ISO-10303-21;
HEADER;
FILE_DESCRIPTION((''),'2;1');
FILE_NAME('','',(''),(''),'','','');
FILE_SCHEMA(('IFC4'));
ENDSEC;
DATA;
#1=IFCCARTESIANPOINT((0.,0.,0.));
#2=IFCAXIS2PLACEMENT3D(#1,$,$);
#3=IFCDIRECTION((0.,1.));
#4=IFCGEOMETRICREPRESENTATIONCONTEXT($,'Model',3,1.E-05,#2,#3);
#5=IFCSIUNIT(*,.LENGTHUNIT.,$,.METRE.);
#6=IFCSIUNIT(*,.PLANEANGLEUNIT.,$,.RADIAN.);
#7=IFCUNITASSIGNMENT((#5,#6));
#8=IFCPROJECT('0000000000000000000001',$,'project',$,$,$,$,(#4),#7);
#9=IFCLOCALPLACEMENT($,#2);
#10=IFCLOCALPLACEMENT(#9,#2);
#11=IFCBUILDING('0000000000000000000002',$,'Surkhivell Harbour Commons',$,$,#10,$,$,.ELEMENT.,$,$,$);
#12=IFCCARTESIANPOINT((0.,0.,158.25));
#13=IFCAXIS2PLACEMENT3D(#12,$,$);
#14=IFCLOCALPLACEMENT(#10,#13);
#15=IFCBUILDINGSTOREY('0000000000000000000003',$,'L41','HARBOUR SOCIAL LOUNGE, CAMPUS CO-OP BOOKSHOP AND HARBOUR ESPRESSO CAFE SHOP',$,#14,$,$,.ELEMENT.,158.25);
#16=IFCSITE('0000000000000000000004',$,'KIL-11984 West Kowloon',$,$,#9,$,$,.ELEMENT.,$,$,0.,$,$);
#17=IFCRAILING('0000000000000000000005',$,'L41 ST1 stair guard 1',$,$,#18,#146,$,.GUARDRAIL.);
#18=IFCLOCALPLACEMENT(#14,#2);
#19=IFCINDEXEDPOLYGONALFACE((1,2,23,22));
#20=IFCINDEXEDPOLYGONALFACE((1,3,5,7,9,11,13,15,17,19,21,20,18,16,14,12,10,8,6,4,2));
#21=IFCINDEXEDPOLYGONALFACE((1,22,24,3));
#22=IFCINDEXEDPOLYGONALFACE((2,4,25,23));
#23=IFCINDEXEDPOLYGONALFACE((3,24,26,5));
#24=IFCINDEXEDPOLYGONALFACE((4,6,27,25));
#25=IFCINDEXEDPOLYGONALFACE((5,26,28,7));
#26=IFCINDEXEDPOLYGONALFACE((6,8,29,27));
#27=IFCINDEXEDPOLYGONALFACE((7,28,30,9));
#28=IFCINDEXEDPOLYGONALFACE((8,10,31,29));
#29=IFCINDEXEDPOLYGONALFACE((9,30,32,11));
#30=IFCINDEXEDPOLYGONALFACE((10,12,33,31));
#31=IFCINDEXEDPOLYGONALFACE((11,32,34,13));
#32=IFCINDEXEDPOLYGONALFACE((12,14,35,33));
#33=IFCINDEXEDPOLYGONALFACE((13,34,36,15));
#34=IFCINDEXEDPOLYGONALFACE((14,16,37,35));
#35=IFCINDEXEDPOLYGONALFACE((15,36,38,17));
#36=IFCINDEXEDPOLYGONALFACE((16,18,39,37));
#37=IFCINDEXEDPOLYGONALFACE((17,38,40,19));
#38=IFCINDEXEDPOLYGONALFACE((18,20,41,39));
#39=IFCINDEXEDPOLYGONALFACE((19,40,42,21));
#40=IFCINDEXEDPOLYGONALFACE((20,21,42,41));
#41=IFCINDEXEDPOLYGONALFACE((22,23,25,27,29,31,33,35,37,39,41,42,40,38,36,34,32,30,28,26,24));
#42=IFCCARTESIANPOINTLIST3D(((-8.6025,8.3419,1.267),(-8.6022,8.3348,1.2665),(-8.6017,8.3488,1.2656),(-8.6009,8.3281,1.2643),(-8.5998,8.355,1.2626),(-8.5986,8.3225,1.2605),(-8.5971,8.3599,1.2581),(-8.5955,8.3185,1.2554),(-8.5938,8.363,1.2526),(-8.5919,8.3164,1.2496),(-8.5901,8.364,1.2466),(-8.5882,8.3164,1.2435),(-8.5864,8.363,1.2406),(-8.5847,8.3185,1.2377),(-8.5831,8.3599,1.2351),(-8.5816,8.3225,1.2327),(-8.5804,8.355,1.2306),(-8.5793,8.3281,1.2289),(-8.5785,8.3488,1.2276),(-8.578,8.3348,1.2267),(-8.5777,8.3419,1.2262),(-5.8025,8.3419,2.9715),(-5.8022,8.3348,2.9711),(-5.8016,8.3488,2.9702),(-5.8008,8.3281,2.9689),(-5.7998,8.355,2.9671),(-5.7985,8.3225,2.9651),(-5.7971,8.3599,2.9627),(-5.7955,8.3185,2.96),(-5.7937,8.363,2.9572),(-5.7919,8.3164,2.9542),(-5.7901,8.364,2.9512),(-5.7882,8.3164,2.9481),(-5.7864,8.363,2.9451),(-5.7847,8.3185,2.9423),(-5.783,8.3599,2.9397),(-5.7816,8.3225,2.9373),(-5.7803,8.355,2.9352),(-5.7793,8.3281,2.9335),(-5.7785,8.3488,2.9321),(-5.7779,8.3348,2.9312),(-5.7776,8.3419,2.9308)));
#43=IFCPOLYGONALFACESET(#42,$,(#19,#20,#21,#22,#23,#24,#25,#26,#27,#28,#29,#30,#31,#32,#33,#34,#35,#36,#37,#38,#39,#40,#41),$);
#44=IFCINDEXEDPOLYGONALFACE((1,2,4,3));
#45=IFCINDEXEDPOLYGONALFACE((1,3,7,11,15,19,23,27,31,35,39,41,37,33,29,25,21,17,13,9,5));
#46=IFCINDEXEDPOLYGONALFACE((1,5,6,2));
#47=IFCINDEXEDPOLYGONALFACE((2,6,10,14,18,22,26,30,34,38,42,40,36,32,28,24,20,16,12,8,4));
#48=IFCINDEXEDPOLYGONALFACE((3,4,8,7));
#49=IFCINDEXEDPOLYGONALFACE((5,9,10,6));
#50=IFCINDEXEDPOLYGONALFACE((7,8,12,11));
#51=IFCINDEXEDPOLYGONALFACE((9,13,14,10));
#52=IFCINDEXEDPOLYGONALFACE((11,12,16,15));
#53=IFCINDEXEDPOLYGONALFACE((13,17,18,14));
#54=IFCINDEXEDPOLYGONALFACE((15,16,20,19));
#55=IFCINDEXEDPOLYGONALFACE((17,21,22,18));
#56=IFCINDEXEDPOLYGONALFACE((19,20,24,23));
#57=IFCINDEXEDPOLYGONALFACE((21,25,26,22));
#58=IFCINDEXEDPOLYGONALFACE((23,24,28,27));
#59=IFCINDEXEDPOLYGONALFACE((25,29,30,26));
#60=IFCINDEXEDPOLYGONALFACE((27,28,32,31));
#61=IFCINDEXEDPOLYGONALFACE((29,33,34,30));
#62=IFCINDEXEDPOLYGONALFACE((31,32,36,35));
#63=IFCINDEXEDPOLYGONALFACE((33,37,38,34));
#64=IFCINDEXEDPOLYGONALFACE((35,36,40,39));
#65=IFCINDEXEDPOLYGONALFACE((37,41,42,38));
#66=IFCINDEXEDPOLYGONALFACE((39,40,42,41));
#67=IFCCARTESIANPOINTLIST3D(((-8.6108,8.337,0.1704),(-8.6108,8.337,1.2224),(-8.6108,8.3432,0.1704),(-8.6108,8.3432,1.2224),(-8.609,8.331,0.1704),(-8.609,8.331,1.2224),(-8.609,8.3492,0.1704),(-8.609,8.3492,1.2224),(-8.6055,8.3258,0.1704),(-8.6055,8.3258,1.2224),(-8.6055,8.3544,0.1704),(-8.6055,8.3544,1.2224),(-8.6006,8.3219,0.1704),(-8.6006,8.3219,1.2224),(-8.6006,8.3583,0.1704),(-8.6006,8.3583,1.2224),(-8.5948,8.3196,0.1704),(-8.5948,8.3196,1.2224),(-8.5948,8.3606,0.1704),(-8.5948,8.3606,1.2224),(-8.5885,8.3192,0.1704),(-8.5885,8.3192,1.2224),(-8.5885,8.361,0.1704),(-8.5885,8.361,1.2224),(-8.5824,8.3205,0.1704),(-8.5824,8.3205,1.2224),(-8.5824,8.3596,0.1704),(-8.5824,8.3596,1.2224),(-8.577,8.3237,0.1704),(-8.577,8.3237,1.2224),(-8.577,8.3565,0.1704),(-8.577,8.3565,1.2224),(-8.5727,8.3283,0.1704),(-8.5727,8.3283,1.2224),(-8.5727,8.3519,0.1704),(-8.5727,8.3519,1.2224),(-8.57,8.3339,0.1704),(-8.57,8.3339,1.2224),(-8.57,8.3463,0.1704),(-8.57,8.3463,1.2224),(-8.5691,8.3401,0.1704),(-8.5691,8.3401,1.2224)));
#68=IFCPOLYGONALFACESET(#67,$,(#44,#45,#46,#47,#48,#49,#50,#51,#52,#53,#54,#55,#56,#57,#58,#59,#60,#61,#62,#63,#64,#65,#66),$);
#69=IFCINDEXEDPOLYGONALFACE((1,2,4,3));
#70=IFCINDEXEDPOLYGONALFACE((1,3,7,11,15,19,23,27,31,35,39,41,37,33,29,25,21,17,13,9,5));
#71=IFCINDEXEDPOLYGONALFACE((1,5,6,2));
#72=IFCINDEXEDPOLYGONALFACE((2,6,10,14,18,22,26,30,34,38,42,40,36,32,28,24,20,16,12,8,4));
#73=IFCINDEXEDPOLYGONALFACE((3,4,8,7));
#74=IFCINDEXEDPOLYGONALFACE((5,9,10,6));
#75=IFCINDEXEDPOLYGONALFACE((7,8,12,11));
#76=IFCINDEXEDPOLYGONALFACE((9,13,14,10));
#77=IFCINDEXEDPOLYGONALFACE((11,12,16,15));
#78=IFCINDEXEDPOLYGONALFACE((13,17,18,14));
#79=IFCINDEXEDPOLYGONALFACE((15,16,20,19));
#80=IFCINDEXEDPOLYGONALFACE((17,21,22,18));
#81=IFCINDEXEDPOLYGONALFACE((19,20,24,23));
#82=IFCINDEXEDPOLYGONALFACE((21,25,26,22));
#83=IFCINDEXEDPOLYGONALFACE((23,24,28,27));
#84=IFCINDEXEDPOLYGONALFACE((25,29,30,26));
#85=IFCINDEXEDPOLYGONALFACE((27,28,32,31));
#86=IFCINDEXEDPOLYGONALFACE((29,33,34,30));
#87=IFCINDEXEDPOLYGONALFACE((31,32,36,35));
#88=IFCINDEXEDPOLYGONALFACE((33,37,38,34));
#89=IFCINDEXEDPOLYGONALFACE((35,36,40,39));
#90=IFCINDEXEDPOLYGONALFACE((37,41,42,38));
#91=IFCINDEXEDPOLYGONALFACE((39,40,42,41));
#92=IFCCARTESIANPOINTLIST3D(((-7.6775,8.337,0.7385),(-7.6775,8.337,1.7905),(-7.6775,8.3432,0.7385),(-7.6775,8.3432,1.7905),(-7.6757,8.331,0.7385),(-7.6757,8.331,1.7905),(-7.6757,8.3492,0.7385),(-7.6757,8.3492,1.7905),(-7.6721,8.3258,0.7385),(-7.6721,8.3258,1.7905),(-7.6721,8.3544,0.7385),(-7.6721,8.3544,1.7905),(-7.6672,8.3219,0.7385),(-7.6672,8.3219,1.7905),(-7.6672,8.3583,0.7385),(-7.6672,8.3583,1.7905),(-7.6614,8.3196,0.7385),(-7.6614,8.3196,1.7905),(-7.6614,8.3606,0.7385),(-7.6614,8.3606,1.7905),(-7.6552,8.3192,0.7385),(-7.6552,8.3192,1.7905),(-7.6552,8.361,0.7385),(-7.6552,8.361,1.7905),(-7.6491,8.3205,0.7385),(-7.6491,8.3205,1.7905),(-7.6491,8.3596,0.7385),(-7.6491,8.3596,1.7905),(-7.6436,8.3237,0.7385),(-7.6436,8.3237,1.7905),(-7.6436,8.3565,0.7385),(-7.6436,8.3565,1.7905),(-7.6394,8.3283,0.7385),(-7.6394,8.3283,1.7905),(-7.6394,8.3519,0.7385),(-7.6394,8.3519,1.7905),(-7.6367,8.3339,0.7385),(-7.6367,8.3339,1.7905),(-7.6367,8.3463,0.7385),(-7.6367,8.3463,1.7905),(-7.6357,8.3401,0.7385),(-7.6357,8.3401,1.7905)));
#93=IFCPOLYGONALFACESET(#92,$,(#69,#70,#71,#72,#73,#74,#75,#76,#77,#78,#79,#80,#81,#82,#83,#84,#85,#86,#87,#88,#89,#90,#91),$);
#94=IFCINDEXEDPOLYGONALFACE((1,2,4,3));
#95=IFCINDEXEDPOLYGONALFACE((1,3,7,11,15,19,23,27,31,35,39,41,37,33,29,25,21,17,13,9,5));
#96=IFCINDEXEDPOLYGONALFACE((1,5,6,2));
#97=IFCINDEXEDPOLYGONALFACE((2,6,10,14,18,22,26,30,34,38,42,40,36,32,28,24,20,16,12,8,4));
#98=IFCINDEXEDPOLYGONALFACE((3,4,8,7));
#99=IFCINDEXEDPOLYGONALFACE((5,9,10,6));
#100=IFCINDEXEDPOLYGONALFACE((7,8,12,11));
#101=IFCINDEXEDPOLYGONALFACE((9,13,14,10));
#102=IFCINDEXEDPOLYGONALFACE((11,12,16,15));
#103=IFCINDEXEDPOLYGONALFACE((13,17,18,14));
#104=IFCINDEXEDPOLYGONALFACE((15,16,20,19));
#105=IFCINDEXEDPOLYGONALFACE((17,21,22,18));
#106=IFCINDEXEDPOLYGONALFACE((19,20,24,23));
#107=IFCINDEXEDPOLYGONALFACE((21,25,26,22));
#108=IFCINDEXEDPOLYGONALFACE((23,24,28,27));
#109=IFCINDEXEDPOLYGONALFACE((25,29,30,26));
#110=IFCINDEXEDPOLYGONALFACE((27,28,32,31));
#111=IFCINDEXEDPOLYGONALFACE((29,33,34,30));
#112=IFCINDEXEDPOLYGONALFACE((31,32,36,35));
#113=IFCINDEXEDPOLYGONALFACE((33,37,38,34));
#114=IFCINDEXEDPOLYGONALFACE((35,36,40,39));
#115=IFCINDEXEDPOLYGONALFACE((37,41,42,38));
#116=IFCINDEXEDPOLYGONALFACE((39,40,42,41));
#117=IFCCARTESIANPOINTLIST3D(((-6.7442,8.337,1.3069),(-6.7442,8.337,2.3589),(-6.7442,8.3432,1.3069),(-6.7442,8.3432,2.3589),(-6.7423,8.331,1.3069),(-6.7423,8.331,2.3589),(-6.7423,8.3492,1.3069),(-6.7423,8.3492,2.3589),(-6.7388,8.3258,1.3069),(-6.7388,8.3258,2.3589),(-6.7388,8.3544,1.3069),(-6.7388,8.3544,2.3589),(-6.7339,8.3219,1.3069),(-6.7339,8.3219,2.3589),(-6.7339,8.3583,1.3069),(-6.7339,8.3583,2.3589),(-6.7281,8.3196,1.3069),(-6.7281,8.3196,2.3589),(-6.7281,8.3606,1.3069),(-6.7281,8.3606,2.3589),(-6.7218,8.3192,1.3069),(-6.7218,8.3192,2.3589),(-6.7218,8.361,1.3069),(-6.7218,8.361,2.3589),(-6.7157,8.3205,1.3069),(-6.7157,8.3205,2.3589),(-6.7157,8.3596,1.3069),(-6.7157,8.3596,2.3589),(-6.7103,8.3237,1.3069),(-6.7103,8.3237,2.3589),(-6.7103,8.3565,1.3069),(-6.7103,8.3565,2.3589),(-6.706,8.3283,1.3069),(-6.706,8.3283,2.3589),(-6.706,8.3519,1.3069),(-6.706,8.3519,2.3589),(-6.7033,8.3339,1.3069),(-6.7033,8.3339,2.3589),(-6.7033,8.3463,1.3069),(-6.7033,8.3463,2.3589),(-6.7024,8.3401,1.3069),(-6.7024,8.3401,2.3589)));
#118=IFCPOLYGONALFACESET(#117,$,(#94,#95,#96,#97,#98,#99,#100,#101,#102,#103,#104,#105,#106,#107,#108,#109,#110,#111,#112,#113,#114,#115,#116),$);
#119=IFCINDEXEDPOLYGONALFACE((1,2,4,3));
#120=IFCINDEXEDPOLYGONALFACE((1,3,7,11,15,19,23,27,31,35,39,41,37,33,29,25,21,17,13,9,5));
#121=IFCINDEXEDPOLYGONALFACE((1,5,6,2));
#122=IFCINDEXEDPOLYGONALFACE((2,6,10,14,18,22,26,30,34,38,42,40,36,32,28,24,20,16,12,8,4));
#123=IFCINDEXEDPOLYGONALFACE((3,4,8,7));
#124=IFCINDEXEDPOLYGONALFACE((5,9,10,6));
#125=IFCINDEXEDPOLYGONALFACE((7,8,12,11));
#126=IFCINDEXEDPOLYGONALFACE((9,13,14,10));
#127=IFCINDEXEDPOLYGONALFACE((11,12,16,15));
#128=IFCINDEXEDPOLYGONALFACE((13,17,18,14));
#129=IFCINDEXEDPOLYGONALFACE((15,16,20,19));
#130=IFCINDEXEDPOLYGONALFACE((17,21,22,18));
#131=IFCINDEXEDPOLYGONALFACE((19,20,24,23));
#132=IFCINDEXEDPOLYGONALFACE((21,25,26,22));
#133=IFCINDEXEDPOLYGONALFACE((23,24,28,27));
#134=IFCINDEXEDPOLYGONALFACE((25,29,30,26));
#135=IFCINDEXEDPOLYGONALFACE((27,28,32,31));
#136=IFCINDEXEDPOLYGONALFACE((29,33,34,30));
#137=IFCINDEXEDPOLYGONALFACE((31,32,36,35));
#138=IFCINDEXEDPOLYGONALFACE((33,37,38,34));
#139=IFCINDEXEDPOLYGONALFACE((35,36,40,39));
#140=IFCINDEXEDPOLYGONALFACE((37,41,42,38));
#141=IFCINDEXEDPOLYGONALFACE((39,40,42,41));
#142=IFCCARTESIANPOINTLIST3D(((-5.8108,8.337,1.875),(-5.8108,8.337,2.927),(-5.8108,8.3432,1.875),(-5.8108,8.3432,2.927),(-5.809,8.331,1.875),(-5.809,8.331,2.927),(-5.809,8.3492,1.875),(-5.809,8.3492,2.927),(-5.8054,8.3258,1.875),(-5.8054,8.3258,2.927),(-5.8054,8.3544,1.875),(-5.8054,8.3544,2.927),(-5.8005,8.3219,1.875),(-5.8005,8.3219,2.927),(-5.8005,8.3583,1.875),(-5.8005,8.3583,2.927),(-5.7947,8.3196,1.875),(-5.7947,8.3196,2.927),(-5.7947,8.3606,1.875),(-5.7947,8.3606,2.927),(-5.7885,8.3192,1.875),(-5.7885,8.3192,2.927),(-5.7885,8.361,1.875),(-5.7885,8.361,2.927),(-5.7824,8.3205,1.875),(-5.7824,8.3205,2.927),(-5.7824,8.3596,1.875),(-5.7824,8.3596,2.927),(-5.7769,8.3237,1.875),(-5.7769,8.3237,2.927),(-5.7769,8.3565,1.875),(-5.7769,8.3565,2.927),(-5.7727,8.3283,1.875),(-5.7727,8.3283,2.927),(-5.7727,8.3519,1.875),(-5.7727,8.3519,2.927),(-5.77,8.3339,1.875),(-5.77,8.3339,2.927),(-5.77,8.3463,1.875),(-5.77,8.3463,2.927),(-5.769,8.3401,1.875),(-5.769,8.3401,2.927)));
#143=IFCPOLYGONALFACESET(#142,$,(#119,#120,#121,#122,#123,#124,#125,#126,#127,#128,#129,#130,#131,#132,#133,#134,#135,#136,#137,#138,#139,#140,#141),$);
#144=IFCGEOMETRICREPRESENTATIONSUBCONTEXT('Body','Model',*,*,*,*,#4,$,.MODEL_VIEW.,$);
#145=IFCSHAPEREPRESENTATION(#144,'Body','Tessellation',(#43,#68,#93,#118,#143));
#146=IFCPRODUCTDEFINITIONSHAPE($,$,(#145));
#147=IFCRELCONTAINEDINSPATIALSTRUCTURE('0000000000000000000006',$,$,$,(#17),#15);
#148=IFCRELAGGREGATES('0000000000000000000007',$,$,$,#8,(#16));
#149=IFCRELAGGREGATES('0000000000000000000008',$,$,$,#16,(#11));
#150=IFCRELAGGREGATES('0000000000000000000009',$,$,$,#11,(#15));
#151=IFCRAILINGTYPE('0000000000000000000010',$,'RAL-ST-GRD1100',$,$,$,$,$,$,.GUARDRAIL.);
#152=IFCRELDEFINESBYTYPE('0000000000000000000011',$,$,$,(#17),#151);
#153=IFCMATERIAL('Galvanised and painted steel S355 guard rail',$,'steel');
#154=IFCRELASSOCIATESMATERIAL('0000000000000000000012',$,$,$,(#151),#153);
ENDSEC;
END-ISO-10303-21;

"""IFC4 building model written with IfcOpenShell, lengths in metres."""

from ifc_helpers import new_model, si_unit, direction, frame, origin, origin_2d, place, context, subcontext, project, spatial, circle, extrude, material, type_object, element, save


model = new_model("IFC4")

# Units and contexts
model_context = context("Model", 3, precision=1e-05, world=origin(), true_north=direction((0.0, 1.0)))
body_context = subcontext(model_context, "Body", "Model", "MODEL_VIEW")
ifc_project = project(units=[si_unit("LENGTHUNIT", "METRE"), si_unit("PLANEANGLEUNIT", "RADIAN")], contexts=[model_context])

# Site, building, storey
site_placement = place(None, origin())
site = spatial("IfcSite", under=ifc_project, at=site_placement, Name="KIL-11984 West Kowloon", CompositionType="ELEMENT", RefElevation=0.0)
building_placement = place(site_placement, origin())
building = spatial("IfcBuilding", under=site, at=building_placement, Name="Surkhivell Harbour Commons", CompositionType="ELEMENT")
storey_placement = place(building_placement, frame((0.0, 0.0, 158.25)))
storey = spatial("IfcBuildingStorey", under=building, at=storey_placement, Name="L41", Description="HARBOUR SOCIAL LOUNGE, CAMPUS CO-OP BOOKSHOP AND HARBOUR ESPRESSO CAFE SHOP", CompositionType="ELEMENT", Elevation=158.25)

# Railing
ifc_material_1 = material(Name="Galvanised and painted steel S355 guard rail", Category="steel")
railing_type_1 = type_object("IfcRailingType", Name="RAL-ST-GRD1100", PredefinedType="GUARDRAIL", material=ifc_material_1)
railing_1_placement = place(storey_placement, frame((-8.5901, 8.3401, 0.1704)))
element("IfcRailing", 1, at=railing_1_placement, inside=storey, type_object=railing_type_1, Name="L41 ST1 stair guard 1", PredefinedType="GUARDRAIL", context=body_context, shape_type="SweptSolid", body=[
    extrude(circle(Radius=0.0239, at=origin_2d()), frame((0.0, 0.0, 1.0762), z_axis=(0.85417, 0.0, 0.519994), x_axis=(0.0, 1.0, 0.0)), (0.0, 0.0, 1.0), 3.2781),
    extrude(circle(Radius=0.021, at=origin_2d()), origin(), (0.0, 0.0, 1.0), 1.052),
    extrude(circle(Radius=0.021, at=origin_2d()), frame((0.9333, 0.0, 0.5681)), (0.0, 0.0, 1.0), 1.052),
    extrude(circle(Radius=0.021, at=origin_2d()), frame((1.8667, 0.0, 1.1365)), (0.0, 0.0, 1.0), 1.052),
    extrude(circle(Radius=0.021, at=origin_2d()), frame((2.8, 0.0, 1.7046)), (0.0, 0.0, 1.0), 1.052),
])

save(model, "model.ifc")
